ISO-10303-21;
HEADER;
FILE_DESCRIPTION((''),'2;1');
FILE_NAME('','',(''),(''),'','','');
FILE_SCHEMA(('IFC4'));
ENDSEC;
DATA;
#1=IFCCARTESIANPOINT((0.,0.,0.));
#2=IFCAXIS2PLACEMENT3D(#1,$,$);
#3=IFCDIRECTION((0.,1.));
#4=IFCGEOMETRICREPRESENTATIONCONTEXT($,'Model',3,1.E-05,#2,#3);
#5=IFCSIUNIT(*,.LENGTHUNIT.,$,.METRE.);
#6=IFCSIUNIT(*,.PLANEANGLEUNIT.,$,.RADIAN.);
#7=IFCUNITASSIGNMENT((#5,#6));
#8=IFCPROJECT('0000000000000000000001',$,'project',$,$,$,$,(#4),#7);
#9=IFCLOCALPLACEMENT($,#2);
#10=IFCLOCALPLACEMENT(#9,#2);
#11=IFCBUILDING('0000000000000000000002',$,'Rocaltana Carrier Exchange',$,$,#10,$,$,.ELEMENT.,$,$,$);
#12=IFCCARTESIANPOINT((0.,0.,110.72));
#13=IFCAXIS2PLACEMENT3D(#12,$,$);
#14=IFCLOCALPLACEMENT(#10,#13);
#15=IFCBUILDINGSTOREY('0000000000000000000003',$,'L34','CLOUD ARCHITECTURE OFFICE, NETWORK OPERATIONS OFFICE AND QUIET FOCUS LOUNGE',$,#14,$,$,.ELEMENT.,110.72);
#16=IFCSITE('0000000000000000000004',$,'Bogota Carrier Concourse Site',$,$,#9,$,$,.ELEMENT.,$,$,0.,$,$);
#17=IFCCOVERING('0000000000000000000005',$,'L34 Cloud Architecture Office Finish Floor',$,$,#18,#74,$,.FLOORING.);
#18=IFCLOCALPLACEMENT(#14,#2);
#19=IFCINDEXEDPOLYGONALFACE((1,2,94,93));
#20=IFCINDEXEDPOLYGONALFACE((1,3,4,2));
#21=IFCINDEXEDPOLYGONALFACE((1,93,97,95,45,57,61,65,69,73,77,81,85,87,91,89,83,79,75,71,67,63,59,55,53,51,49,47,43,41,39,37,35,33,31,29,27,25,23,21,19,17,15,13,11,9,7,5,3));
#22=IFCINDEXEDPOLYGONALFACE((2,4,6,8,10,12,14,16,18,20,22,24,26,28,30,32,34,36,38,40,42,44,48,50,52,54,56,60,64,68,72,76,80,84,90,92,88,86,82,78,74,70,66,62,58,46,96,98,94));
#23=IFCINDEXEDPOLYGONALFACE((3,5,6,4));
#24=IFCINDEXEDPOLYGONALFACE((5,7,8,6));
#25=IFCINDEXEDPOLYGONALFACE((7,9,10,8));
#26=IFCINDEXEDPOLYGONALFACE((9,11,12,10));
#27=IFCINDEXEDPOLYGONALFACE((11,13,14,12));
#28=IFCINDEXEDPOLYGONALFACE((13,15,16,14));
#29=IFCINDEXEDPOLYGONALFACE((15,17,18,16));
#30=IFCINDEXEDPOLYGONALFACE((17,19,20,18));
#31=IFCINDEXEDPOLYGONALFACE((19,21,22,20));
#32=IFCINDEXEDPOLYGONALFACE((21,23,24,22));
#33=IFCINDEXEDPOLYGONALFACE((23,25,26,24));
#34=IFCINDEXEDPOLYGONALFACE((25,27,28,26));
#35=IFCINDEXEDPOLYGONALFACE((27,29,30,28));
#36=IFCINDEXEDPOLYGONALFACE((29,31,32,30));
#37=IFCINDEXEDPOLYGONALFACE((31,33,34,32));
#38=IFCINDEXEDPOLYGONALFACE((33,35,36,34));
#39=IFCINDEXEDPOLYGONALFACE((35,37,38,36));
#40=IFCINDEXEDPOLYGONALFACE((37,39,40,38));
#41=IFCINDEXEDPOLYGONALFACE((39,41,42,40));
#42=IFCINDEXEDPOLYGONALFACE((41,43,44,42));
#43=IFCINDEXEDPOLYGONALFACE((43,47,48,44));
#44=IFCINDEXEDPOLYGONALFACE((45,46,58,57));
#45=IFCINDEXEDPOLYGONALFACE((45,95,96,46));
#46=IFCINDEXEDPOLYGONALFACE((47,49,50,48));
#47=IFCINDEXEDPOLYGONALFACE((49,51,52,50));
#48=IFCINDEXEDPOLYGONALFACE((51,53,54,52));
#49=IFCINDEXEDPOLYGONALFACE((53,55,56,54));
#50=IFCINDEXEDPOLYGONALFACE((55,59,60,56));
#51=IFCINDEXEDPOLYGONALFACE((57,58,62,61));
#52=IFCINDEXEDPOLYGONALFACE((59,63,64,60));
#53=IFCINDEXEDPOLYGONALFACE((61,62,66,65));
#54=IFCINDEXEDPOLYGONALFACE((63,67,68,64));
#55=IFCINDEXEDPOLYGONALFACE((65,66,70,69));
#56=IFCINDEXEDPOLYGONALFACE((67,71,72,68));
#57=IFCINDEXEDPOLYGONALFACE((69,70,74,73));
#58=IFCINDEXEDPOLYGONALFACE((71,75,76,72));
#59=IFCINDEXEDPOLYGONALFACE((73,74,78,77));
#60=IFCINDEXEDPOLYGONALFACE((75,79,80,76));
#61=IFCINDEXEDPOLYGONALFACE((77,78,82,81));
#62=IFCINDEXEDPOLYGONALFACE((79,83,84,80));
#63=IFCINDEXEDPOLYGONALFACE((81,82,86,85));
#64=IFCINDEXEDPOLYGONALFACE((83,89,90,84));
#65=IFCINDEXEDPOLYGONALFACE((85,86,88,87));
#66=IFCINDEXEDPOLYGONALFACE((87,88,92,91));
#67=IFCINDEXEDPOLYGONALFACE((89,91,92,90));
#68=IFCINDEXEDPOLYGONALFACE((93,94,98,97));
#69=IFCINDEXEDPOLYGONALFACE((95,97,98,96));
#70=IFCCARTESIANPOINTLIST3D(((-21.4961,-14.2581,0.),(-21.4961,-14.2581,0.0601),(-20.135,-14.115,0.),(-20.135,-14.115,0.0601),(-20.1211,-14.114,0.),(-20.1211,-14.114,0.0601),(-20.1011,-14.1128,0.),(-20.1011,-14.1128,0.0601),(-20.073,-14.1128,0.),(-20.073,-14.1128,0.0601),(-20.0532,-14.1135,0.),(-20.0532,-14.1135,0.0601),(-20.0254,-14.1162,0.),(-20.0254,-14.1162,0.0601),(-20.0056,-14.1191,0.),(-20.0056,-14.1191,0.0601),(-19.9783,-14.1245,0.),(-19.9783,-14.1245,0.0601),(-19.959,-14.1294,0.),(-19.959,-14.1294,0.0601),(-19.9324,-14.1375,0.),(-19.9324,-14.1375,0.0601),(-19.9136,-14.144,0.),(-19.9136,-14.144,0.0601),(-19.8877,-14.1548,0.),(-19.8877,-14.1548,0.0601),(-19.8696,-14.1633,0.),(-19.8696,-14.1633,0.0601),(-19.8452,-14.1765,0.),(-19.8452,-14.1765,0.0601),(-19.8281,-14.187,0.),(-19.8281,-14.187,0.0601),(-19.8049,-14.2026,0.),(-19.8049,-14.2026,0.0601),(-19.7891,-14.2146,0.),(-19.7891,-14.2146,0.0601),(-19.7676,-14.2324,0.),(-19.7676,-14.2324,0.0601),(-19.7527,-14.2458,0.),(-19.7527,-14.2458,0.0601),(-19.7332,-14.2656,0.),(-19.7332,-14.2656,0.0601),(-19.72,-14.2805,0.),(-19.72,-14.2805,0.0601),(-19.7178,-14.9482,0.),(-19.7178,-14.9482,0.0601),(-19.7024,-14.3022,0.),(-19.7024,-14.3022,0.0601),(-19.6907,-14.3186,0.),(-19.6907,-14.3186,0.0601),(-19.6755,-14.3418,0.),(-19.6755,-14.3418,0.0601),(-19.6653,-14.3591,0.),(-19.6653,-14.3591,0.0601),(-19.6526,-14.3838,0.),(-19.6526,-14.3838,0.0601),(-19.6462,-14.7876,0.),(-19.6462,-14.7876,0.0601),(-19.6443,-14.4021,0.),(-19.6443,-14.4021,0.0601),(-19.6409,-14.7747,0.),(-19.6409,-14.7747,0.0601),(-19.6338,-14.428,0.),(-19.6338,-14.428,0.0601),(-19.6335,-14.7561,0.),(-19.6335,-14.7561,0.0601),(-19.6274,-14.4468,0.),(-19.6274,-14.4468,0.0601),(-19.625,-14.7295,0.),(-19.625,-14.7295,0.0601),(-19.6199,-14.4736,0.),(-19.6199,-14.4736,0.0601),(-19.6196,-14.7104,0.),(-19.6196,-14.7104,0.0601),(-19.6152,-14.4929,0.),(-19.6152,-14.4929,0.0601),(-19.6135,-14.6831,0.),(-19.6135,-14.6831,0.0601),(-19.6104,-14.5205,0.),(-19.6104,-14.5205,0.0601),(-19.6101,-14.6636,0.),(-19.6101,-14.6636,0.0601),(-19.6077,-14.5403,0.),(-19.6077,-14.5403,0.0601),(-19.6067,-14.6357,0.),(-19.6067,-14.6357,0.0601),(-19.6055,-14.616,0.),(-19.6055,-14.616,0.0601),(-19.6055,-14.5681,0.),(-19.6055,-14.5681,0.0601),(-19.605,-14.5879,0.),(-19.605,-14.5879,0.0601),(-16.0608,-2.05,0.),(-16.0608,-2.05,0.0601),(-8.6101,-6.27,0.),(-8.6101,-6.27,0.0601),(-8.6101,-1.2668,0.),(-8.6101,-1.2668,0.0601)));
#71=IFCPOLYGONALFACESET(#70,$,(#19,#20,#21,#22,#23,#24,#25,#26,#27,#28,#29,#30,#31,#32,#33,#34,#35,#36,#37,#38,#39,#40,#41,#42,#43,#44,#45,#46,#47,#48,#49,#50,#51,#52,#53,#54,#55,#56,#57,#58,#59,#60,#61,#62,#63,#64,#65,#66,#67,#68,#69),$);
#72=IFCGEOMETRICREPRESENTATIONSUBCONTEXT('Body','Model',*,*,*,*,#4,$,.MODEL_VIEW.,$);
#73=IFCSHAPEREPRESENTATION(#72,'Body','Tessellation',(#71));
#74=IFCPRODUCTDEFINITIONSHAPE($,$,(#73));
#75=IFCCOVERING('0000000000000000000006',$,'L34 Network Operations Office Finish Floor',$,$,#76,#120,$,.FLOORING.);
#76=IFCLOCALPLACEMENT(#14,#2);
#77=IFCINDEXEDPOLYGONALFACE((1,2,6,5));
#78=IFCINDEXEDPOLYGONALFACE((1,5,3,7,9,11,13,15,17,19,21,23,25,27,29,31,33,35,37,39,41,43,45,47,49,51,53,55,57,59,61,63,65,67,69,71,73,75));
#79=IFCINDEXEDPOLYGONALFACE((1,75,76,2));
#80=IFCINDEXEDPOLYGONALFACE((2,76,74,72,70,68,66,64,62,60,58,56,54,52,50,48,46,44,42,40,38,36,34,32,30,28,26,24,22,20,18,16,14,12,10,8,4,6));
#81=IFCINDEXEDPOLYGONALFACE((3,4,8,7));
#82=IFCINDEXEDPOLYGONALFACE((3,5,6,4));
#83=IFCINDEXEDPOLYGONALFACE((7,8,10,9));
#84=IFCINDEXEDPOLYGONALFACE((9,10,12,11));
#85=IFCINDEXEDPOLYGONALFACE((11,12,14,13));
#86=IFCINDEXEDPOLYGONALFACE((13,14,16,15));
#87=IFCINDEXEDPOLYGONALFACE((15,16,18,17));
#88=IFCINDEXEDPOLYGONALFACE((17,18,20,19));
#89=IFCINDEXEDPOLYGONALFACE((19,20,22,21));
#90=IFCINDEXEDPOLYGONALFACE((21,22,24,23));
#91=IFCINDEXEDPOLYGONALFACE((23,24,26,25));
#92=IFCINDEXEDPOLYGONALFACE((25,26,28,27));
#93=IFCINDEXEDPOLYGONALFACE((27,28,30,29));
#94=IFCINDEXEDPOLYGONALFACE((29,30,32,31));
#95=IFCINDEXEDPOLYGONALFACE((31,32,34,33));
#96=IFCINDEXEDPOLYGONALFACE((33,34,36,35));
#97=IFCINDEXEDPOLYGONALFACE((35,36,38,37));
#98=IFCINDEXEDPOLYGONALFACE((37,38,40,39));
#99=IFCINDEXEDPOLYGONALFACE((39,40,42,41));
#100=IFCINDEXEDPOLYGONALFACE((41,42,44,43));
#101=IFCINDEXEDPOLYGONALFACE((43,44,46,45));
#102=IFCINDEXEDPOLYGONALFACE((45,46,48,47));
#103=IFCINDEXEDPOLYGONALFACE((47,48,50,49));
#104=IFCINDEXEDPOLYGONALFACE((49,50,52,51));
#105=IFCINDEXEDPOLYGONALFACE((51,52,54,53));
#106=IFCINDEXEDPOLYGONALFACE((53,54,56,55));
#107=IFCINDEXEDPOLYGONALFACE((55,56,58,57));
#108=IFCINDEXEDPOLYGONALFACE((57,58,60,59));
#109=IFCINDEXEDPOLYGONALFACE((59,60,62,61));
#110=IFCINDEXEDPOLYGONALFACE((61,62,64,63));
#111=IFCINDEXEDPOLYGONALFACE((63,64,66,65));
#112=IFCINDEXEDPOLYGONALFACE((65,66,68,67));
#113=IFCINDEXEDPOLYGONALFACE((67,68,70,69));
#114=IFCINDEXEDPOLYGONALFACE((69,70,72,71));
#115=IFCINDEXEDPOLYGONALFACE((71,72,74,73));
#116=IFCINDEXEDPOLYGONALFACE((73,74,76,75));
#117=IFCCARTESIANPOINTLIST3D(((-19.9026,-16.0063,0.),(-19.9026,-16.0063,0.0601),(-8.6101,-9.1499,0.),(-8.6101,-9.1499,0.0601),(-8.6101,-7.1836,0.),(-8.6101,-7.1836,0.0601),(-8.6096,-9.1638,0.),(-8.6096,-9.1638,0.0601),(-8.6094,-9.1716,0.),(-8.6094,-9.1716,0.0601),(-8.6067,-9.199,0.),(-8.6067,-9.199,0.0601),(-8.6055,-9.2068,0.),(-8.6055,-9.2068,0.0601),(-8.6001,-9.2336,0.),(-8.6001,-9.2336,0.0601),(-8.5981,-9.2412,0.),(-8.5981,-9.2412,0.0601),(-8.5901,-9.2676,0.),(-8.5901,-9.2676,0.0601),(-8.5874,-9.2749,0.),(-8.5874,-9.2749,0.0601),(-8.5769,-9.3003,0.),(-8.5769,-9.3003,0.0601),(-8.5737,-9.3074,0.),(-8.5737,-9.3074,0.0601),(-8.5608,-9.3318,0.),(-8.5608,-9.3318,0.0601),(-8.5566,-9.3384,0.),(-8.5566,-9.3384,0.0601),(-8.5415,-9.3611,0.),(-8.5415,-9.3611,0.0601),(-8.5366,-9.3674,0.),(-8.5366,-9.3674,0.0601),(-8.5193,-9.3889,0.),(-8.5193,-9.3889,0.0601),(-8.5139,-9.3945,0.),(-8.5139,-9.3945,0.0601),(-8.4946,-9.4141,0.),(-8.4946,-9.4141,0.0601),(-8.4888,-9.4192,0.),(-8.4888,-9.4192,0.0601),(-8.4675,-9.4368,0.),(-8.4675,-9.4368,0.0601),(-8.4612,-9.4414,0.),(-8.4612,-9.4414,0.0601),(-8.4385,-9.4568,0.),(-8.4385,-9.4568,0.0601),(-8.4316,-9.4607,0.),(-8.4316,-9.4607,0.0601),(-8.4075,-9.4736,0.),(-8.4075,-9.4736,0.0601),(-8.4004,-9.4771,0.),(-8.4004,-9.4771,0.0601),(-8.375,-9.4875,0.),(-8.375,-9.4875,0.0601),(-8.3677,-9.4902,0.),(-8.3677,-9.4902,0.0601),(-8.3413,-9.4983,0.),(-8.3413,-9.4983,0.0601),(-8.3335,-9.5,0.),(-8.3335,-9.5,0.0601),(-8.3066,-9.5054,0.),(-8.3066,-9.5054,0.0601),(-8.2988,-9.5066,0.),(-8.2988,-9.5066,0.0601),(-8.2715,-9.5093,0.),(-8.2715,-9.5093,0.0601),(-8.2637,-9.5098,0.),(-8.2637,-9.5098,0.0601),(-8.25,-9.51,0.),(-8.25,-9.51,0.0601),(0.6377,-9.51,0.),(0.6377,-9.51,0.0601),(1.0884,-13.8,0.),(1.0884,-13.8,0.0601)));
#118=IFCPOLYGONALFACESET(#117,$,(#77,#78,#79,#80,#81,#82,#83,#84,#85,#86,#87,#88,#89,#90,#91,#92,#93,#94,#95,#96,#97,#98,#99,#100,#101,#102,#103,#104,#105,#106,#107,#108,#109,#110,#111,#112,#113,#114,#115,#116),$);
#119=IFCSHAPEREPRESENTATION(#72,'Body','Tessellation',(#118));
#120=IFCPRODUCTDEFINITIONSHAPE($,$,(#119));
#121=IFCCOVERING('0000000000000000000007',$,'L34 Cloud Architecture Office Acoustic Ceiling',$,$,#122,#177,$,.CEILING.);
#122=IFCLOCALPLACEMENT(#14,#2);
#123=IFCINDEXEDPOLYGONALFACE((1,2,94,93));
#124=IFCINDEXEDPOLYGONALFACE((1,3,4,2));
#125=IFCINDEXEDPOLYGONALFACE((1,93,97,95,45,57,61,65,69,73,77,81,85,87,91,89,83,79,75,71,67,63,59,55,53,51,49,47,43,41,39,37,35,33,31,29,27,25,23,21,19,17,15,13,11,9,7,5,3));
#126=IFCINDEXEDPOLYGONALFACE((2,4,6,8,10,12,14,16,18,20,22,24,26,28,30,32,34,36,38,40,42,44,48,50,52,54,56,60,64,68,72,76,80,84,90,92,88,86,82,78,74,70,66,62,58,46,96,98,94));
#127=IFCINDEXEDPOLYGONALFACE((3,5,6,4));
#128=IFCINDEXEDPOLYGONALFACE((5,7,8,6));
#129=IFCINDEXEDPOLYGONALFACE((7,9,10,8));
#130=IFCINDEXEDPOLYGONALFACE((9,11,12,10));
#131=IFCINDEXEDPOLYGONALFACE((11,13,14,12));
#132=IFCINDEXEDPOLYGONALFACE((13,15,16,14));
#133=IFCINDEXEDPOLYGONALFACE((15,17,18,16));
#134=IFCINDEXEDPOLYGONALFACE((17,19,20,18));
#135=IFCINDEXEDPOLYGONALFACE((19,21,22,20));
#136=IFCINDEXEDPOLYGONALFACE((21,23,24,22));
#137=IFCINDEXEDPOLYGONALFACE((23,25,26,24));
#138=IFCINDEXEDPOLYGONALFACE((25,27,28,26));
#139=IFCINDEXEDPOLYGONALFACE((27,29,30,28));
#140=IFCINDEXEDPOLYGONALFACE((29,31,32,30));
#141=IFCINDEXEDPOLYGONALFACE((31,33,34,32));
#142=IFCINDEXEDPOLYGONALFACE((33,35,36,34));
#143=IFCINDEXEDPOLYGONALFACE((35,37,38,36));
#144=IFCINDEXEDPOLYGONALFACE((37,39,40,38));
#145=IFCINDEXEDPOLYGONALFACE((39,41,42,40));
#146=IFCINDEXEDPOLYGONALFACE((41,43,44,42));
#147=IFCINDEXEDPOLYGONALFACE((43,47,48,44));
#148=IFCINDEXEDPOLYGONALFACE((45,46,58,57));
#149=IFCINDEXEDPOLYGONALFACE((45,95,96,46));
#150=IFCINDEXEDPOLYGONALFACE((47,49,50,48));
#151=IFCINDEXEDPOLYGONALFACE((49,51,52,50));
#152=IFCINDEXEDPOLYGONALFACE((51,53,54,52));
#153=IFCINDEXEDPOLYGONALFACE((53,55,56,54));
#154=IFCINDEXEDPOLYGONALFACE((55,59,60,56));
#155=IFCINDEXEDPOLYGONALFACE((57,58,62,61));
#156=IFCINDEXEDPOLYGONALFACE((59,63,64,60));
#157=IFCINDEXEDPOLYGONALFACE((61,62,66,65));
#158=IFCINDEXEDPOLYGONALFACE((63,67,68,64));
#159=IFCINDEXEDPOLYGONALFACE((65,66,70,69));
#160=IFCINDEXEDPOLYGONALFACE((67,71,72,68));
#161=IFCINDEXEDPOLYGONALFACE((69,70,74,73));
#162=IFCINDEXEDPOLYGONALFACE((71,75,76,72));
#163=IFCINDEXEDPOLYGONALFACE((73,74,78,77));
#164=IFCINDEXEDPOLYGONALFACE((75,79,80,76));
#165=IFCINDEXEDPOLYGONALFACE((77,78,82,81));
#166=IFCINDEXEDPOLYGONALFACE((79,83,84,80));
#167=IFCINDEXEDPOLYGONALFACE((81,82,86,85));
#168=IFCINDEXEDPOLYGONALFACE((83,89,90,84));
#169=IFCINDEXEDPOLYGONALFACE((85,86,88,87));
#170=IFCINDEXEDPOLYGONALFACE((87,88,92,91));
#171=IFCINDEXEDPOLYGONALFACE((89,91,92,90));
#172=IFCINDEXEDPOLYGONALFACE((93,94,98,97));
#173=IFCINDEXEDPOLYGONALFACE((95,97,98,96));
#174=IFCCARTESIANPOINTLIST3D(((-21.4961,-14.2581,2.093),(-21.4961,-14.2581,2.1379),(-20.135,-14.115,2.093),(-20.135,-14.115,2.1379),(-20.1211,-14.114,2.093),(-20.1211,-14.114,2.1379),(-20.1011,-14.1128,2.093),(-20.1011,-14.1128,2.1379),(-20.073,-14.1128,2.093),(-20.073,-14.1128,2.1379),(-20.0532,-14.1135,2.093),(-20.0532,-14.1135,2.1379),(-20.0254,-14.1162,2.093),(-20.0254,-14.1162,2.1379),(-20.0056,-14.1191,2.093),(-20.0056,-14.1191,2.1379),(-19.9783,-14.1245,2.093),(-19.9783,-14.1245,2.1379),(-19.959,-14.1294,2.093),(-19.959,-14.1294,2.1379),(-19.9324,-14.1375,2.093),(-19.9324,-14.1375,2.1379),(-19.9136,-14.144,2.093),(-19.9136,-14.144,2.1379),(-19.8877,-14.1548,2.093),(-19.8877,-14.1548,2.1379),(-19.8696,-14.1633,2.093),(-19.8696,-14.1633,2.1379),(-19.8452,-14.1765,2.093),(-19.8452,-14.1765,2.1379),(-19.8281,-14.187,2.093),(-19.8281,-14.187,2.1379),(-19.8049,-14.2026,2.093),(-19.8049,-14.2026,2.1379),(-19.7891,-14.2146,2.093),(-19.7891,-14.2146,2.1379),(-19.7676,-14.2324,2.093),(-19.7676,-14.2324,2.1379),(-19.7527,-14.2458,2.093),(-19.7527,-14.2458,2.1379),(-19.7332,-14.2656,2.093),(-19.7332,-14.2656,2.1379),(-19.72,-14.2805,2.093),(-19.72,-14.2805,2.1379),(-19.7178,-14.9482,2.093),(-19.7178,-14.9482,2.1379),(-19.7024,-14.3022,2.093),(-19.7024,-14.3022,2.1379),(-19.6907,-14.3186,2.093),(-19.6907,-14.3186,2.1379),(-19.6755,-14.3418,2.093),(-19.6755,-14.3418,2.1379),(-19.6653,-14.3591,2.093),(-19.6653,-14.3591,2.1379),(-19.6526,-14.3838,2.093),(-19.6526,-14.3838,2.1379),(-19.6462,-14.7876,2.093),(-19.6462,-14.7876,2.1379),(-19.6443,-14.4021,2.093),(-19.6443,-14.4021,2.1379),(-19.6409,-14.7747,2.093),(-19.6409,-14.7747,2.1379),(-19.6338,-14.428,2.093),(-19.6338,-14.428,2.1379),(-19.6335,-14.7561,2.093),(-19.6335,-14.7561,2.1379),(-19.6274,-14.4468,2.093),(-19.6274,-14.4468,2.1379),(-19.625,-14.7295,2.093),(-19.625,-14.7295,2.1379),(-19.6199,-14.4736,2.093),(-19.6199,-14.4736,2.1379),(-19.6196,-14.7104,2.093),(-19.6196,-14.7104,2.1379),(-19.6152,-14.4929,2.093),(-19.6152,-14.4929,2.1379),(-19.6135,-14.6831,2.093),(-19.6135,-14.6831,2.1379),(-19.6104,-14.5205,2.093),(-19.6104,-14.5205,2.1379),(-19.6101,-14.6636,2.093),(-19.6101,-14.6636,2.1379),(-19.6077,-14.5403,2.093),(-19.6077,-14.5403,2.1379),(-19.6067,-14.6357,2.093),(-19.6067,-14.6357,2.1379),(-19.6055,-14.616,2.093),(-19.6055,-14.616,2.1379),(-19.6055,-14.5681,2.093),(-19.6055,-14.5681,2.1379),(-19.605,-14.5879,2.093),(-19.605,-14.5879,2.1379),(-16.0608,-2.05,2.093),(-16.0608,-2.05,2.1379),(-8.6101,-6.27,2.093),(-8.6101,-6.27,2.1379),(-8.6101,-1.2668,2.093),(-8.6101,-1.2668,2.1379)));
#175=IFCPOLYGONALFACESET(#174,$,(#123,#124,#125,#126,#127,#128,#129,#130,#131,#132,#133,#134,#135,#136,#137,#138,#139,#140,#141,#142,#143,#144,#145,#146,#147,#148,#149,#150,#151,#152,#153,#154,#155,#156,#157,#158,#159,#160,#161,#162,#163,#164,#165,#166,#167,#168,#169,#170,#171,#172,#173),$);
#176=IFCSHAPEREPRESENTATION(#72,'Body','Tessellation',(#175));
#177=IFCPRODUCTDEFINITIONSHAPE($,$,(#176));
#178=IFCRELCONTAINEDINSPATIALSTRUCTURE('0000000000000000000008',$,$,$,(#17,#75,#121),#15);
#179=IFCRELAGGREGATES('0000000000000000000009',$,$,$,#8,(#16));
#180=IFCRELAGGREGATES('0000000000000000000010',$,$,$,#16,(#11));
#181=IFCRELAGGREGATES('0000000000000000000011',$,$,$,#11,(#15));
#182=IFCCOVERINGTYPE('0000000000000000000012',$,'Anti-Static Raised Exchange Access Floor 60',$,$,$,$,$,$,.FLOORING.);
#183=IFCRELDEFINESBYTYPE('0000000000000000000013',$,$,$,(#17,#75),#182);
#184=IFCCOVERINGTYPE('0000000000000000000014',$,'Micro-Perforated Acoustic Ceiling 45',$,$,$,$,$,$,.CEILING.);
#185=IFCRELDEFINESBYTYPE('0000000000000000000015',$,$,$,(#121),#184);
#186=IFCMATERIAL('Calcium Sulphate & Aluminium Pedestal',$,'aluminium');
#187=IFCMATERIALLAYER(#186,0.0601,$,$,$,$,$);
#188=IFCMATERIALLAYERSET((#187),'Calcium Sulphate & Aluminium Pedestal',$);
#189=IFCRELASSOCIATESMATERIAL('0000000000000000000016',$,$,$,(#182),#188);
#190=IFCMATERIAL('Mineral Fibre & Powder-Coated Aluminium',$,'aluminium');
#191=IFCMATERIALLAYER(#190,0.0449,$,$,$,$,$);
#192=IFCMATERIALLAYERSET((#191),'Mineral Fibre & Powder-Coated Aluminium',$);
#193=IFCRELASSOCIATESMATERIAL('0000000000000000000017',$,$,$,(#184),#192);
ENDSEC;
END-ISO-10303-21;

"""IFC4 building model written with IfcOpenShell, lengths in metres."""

from ifc_helpers import new_model, si_unit, direction, frame, origin, place, context, subcontext, project, spatial, polyline, outline, extrude, material, layer, layer_set, type_object, element, save


model = new_model("IFC4")

# Units and contexts
model_context = context("Model", 3, precision=1e-05, world=origin(), true_north=direction((0.0, 1.0)))
body_context = subcontext(model_context, "Body", "Model", "MODEL_VIEW")
ifc_project = project(units=[si_unit("LENGTHUNIT", "METRE"), si_unit("PLANEANGLEUNIT", "RADIAN")], contexts=[model_context])

# Site, building, storey
site_placement = place(None, origin())
site = spatial("IfcSite", under=ifc_project, at=site_placement, Name="Bogota Carrier Concourse Site", CompositionType="ELEMENT", RefElevation=0.0)
building_placement = place(site_placement, origin())
building = spatial("IfcBuilding", under=site, at=building_placement, Name="Rocaltana Carrier Exchange", CompositionType="ELEMENT")
storey_placement = place(building_placement, frame((0.0, 0.0, 110.72)))
storey = spatial("IfcBuildingStorey", under=building, at=storey_placement, Name="L34", Description="CLOUD ARCHITECTURE OFFICE, NETWORK OPERATIONS OFFICE AND QUIET FOCUS LOUNGE", CompositionType="ELEMENT", Elevation=110.72)

# Coverings
ifc_material_1 = material(Name="Calcium Sulphate & Aluminium Pedestal", Category="aluminium")
ifc_layer_1 = layer(ifc_material_1, 0.0601)
ifc_layer_set_1 = layer_set([ifc_layer_1], Name="Calcium Sulphate & Aluminium Pedestal")
covering_type_1 = type_object("IfcCoveringType", Name="Anti-Static Raised Exchange Access Floor 60", PredefinedType="FLOORING", material=ifc_layer_set_1)
covering_1_placement = place(storey_placement, origin())
element("IfcCovering", 1, at=covering_1_placement, inside=storey, type_object=covering_type_1, Name="L34 Cloud Architecture Office Finish Floor", PredefinedType="FLOORING", context=body_context, shape_type="SweptSolid", body=[
    extrude(outline(polyline([(-19.6462, -14.7876), (-19.6409, -14.7747), (-19.6335, -14.7561), (-19.625, -14.7295), (-19.6196, -14.7104), (-19.6135, -14.6831), (-19.6101, -14.6636), (-19.6067, -14.6357), (-19.6055, -14.616), (-19.605, -14.5879), (-19.6055, -14.5681), (-19.6077, -14.5403), (-19.6104, -14.5205), (-19.6152, -14.4929), (-19.6199, -14.4736), (-19.6274, -14.4468), (-19.6338, -14.428), (-19.6443, -14.4021), (-19.6526, -14.3838), (-19.6653, -14.3591), (-19.6755, -14.3418), (-19.6907, -14.3186), (-19.7024, -14.3022), (-19.72, -14.2805), (-19.7332, -14.2656), (-19.7527, -14.2458), (-19.7676, -14.2324), (-19.7891, -14.2146), (-19.8049, -14.2026), (-19.8281, -14.187), (-19.8452, -14.1765), (-19.8696, -14.1633), (-19.8877, -14.1548), (-19.9136, -14.144), (-19.9324, -14.1375), (-19.959, -14.1294), (-19.9783, -14.1245), (-20.0056, -14.1191), (-20.0254, -14.1162), (-20.0532, -14.1135), (-20.073, -14.1128), (-20.1011, -14.1128), (-20.1211, -14.114), (-20.135, -14.115), (-21.4961, -14.2581), (-16.0608, -2.05), (-8.6101, -1.2668), (-8.6101, -6.27), (-19.7178, -14.9482), (-19.6462, -14.7876)])), origin(), (0.0, 0.0, 1.0), 0.0601),
])
covering_2_placement = place(storey_placement, origin())
element("IfcCovering", 2, at=covering_2_placement, inside=storey, type_object=covering_type_1, Name="L34 Network Operations Office Finish Floor", PredefinedType="FLOORING", context=body_context, shape_type="SweptSolid", body=[
    extrude(outline(polyline([(-19.9026, -16.0063), (-8.6101, -7.1836), (-8.6101, -9.1499), (-8.6096, -9.1638), (-8.6094, -9.1716), (-8.6067, -9.199), (-8.6055, -9.2068), (-8.6001, -9.2336), (-8.5981, -9.2412), (-8.5901, -9.2676), (-8.5874, -9.2749), (-8.5769, -9.3003), (-8.5737, -9.3074), (-8.5608, -9.3318), (-8.5566, -9.3384), (-8.5415, -9.3611), (-8.5366, -9.3674), (-8.5193, -9.3889), (-8.5139, -9.3945), (-8.4946, -9.4141), (-8.4888, -9.4192), (-8.4675, -9.4368), (-8.4612, -9.4414), (-8.4385, -9.4568), (-8.4316, -9.4607), (-8.4075, -9.4736), (-8.4004, -9.4771), (-8.375, -9.4875), (-8.3677, -9.4902), (-8.3413, -9.4983), (-8.3335, -9.5), (-8.3066, -9.5054), (-8.2988, -9.5066), (-8.2715, -9.5093), (-8.2637, -9.5098), (-8.25, -9.51), (0.6377, -9.51), (1.0884, -13.8), (-19.9026, -16.0063)])), origin(), (0.0, 0.0, 1.0), 0.0601),
])
ifc_material_2 = material(Name="Mineral Fibre & Powder-Coated Aluminium", Category="aluminium")
ifc_layer_2 = layer(ifc_material_2, 0.0449)
ifc_layer_set_2 = layer_set([ifc_layer_2], Name="Mineral Fibre & Powder-Coated Aluminium")
covering_type_2 = type_object("IfcCoveringType", Name="Micro-Perforated Acoustic Ceiling 45", PredefinedType="CEILING", material=ifc_layer_set_2)
covering_3_placement = place(storey_placement, frame((0.0, 0.0, 2.093)))
element("IfcCovering", 3, at=covering_3_placement, inside=storey, type_object=covering_type_2, Name="L34 Cloud Architecture Office Acoustic Ceiling", PredefinedType="CEILING", context=body_context, shape_type="SweptSolid", body=[
    extrude(outline(polyline([(-19.6462, -14.7876), (-19.6409, -14.7747), (-19.6335, -14.7561), (-19.625, -14.7295), (-19.6196, -14.7104), (-19.6135, -14.6831), (-19.6101, -14.6636), (-19.6067, -14.6357), (-19.6055, -14.616), (-19.605, -14.5879), (-19.6055, -14.5681), (-19.6077, -14.5403), (-19.6104, -14.5205), (-19.6152, -14.4929), (-19.6199, -14.4736), (-19.6274, -14.4468), (-19.6338, -14.428), (-19.6443, -14.4021), (-19.6526, -14.3838), (-19.6653, -14.3591), (-19.6755, -14.3418), (-19.6907, -14.3186), (-19.7024, -14.3022), (-19.72, -14.2805), (-19.7332, -14.2656), (-19.7527, -14.2458), (-19.7676, -14.2324), (-19.7891, -14.2146), (-19.8049, -14.2026), (-19.8281, -14.187), (-19.8452, -14.1765), (-19.8696, -14.1633), (-19.8877, -14.1548), (-19.9136, -14.144), (-19.9324, -14.1375), (-19.959, -14.1294), (-19.9783, -14.1245), (-20.0056, -14.1191), (-20.0254, -14.1162), (-20.0532, -14.1135), (-20.073, -14.1128), (-20.1011, -14.1128), (-20.1211, -14.114), (-20.135, -14.115), (-21.4961, -14.2581), (-16.0608, -2.05), (-8.6101, -1.2668), (-8.6101, -6.27), (-19.7178, -14.9482), (-19.6462, -14.7876)])), origin(), (0.0, 0.0, 1.0), 0.0449),
])

save(model, "model.ifc")
